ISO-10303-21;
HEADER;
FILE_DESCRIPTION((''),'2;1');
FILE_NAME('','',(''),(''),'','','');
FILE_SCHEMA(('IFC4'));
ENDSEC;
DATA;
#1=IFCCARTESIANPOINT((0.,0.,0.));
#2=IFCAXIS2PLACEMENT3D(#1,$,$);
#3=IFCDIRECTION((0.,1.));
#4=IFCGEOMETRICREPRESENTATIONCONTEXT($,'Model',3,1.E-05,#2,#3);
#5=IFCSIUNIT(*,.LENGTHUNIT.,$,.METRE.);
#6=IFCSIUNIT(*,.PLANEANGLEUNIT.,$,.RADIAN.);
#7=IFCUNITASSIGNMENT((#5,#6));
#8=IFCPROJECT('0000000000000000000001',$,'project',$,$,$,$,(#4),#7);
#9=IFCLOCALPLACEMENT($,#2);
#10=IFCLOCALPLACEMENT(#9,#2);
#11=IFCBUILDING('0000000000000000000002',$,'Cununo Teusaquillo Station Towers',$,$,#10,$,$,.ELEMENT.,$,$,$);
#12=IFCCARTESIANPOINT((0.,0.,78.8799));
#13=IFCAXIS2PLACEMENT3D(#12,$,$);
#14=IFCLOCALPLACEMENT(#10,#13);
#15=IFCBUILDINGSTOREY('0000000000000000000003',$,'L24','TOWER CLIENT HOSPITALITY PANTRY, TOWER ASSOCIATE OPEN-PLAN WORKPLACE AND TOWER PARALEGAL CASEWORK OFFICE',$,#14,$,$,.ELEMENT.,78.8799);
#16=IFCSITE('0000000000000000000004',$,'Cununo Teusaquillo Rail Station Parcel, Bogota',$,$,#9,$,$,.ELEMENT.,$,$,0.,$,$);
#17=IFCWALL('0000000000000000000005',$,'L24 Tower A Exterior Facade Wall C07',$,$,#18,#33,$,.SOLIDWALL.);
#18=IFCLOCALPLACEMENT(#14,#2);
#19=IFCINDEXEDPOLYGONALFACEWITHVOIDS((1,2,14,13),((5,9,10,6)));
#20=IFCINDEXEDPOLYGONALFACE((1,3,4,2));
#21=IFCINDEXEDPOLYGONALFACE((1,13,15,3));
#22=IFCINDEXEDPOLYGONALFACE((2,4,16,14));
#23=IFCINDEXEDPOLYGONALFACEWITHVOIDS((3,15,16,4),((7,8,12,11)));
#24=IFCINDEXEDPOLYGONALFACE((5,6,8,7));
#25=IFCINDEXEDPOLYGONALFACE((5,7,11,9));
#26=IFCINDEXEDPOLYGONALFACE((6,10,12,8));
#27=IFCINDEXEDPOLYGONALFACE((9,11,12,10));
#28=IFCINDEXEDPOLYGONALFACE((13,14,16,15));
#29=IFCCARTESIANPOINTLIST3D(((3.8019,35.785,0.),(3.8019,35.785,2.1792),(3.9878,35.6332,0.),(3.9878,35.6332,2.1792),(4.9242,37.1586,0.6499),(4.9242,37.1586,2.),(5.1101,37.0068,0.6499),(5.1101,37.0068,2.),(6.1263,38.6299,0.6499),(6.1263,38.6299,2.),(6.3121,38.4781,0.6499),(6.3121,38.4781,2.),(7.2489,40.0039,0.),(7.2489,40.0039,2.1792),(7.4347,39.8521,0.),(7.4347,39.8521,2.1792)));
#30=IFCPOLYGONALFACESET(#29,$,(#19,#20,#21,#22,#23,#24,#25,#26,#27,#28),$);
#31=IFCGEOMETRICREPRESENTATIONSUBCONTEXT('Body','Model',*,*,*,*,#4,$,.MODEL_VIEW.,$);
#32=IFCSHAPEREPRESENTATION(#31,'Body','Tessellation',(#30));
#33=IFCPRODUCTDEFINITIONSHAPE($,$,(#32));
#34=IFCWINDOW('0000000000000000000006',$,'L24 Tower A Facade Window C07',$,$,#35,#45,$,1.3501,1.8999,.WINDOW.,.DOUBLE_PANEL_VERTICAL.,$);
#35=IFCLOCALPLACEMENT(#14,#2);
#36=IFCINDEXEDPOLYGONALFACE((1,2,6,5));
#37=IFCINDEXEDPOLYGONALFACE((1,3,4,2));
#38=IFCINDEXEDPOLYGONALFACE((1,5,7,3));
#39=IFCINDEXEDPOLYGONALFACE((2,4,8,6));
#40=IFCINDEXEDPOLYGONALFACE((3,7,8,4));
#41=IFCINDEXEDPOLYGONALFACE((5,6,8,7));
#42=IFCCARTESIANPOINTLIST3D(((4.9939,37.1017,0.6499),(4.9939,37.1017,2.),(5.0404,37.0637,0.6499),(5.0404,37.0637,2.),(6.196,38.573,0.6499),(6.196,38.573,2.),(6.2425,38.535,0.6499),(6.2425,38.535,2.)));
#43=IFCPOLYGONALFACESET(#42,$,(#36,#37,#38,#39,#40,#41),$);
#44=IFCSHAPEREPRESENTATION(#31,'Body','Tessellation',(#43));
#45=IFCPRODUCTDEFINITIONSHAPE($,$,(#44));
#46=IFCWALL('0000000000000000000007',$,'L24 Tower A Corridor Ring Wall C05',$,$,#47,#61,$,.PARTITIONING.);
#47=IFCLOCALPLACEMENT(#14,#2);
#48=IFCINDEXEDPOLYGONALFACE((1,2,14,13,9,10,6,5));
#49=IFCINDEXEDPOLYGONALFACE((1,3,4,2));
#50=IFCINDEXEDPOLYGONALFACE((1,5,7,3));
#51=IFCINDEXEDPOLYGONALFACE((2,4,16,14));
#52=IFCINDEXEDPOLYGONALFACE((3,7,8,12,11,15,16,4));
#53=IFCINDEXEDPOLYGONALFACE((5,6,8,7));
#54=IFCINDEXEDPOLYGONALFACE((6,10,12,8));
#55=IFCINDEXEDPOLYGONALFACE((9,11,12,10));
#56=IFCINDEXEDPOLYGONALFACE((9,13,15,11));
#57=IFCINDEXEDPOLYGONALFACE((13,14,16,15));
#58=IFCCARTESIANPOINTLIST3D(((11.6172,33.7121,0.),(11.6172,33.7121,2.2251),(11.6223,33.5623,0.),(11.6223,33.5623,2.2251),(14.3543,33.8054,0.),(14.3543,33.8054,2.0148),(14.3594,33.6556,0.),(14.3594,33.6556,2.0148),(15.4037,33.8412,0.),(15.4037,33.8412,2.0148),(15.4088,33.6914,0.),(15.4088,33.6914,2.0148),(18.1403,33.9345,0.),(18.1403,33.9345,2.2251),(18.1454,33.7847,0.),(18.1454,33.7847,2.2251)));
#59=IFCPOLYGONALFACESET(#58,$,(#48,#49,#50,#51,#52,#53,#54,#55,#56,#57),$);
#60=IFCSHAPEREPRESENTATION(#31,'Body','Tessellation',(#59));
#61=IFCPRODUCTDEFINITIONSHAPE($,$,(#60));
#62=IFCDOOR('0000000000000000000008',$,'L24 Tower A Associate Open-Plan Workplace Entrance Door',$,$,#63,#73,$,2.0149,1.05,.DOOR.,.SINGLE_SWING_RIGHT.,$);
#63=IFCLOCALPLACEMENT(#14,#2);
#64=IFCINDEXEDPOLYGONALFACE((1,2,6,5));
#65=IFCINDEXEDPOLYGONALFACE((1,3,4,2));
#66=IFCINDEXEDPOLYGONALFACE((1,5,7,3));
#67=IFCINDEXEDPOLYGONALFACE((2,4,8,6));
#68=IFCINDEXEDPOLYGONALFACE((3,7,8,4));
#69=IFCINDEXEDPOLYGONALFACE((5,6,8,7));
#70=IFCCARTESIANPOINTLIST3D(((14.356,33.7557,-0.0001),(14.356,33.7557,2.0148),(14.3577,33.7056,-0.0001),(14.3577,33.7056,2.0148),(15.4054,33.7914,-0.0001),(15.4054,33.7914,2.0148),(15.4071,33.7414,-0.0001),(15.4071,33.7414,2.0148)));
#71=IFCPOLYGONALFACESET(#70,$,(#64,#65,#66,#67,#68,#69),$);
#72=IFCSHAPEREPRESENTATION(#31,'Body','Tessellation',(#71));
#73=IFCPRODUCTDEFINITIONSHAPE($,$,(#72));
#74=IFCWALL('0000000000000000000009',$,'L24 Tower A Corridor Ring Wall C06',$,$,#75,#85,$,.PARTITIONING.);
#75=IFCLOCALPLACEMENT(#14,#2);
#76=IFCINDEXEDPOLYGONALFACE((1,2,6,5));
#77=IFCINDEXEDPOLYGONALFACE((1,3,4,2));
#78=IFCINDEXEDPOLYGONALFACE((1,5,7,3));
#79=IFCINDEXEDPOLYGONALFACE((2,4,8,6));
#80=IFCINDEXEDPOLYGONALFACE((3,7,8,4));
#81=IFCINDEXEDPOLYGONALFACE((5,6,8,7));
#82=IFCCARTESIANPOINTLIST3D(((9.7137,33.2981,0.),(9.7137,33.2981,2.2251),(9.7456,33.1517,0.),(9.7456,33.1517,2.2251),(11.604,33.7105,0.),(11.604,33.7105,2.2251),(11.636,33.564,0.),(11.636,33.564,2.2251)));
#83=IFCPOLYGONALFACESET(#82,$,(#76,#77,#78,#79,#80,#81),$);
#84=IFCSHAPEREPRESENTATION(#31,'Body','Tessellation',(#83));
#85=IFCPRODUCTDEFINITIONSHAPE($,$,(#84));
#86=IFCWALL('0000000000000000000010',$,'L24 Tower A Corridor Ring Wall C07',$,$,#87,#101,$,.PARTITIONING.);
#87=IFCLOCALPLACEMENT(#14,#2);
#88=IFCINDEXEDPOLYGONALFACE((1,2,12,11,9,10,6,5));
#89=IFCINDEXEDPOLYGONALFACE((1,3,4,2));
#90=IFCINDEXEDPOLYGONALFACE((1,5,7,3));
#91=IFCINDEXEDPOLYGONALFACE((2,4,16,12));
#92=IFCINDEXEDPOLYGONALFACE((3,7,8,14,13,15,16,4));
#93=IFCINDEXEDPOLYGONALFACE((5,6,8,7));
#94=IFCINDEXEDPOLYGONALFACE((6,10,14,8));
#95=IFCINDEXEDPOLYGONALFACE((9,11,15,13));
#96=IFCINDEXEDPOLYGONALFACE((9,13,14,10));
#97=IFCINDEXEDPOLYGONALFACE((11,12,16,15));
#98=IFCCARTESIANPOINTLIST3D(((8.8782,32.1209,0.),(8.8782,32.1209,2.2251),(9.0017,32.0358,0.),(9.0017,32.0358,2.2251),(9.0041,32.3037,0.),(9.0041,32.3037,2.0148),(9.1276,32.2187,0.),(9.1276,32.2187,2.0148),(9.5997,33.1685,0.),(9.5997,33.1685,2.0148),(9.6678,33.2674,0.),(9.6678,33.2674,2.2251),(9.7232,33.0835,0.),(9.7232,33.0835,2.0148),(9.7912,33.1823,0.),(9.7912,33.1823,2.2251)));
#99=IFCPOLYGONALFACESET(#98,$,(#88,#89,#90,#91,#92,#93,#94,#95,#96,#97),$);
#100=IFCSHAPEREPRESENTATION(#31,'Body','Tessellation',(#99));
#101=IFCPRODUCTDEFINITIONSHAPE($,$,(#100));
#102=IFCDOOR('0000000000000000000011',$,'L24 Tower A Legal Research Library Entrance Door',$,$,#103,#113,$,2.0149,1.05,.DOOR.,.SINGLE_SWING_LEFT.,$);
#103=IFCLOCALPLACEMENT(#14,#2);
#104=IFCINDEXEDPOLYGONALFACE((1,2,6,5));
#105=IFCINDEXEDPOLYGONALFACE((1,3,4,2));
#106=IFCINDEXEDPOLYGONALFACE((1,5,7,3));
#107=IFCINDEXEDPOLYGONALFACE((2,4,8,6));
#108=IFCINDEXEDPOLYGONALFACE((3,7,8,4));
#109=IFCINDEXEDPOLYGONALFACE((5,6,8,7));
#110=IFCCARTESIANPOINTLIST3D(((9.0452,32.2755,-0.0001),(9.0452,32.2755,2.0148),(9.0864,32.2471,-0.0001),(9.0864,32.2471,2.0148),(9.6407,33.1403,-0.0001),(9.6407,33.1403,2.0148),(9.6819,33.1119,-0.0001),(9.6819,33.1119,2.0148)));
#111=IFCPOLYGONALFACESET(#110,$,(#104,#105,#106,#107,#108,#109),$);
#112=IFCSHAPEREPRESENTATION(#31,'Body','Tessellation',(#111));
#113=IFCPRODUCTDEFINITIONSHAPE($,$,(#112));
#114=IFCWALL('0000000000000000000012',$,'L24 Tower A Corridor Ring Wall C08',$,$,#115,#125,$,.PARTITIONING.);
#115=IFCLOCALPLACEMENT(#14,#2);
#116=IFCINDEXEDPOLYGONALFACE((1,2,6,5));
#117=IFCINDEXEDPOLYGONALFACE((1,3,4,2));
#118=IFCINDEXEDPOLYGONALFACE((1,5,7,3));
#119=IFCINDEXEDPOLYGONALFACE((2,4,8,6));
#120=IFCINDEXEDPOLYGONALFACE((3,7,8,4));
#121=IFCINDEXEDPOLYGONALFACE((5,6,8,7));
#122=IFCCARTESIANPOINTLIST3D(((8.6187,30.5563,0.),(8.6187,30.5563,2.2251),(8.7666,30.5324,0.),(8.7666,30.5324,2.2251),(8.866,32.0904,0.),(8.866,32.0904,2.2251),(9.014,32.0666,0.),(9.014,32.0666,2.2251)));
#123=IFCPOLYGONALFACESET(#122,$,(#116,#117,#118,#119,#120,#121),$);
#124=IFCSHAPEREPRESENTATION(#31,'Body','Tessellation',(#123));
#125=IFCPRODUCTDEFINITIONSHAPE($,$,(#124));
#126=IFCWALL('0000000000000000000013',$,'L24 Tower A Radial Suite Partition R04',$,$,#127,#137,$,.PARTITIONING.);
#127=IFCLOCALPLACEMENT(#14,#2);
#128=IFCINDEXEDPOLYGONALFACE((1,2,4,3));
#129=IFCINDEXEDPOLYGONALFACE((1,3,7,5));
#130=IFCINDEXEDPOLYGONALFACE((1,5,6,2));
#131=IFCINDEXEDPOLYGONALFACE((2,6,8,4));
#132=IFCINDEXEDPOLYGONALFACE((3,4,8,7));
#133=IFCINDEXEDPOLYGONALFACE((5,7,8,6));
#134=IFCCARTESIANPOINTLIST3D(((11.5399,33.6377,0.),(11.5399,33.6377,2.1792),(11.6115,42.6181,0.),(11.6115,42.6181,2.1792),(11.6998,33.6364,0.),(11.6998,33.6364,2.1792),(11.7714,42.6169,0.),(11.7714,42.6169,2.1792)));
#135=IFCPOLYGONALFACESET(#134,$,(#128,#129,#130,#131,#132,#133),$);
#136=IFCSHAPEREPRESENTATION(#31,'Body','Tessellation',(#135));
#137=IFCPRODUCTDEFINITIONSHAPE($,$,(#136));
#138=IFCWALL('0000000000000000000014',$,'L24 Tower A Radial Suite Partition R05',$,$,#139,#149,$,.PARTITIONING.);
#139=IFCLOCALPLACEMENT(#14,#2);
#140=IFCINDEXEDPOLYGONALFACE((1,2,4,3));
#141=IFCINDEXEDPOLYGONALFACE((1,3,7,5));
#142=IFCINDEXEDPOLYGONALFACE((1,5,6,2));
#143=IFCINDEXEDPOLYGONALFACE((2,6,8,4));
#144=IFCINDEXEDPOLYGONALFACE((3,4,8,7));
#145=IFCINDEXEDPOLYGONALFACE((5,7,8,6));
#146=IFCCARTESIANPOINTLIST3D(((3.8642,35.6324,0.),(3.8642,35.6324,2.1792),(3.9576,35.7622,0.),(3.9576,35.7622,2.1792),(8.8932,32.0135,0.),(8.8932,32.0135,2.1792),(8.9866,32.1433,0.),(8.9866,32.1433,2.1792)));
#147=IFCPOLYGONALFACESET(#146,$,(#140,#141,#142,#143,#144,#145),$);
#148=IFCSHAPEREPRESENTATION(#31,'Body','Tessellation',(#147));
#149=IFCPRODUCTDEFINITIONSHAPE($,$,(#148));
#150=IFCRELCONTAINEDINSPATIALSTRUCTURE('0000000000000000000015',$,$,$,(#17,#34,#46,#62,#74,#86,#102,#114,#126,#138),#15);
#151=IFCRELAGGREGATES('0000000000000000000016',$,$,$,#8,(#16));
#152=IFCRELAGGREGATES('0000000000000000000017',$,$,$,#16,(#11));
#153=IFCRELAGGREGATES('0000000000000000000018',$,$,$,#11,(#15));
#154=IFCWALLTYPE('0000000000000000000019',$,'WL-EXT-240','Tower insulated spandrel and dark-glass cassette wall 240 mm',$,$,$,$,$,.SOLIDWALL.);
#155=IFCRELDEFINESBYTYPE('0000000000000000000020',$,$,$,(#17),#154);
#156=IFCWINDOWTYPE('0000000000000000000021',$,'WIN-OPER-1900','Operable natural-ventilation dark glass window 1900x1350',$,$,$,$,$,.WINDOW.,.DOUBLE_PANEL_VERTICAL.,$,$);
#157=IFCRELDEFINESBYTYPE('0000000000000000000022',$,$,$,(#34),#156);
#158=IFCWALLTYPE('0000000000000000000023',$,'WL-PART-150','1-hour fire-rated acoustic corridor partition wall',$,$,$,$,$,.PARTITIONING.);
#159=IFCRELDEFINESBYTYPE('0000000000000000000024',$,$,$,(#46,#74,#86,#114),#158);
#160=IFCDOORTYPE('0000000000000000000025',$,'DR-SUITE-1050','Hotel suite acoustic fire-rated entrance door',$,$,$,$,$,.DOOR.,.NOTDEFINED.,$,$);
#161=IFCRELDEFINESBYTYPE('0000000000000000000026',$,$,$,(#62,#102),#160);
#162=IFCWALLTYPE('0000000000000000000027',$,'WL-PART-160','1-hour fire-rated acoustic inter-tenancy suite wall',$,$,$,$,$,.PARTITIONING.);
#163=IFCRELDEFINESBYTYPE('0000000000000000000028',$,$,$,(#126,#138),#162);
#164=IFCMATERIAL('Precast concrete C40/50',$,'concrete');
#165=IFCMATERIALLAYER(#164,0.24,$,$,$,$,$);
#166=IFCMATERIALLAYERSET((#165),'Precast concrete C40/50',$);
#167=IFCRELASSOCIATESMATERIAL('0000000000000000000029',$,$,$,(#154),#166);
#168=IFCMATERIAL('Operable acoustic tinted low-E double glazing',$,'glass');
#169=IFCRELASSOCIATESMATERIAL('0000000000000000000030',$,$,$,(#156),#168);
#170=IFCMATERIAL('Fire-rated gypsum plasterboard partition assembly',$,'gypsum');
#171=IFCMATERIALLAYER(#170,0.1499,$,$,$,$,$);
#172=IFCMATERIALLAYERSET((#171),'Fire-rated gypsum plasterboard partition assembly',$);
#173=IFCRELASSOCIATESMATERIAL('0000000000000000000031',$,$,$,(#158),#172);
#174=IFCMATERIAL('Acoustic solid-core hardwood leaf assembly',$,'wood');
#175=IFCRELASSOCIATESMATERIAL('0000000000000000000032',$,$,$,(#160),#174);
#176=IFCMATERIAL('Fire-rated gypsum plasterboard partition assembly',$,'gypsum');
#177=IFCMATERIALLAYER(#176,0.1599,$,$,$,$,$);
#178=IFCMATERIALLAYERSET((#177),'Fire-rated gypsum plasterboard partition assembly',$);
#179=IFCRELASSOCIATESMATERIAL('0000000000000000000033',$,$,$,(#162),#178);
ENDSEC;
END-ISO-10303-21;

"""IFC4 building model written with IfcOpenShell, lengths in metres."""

from ifc_helpers import new_model, si_unit, direction, frame, frame_2d, origin, place, context, subcontext, project, spatial, rectangle, extrude, source, transform, mapped, material, layer, layer_set, type_object, element, fill, save


model = new_model("IFC4")

# Units and contexts
model_context = context("Model", 3, precision=1e-05, world=origin(), true_north=direction((0.0, 1.0)))
body_context = subcontext(model_context, "Body", "Model", "MODEL_VIEW")
ifc_project = project(units=[si_unit("LENGTHUNIT", "METRE"), si_unit("PLANEANGLEUNIT", "RADIAN")], contexts=[model_context])

# Site, building, storey
site_placement = place(None, origin())
site = spatial("IfcSite", under=ifc_project, at=site_placement, Name="Cununo Teusaquillo Rail Station Parcel, Bogota", CompositionType="ELEMENT", RefElevation=0.0)
building_placement = place(site_placement, origin())
building = spatial("IfcBuilding", under=site, at=building_placement, Name="Cununo Teusaquillo Station Towers", CompositionType="ELEMENT")
storey_placement = place(building_placement, frame((0.0, 0.0, 78.8799)))
storey = spatial("IfcBuildingStorey", under=building, at=storey_placement, Name="L24", Description="TOWER CLIENT HOSPITALITY PANTRY, TOWER ASSOCIATE OPEN-PLAN WORKPLACE AND TOWER PARALEGAL CASEWORK OFFICE", CompositionType="ELEMENT", Elevation=78.8799)

# Shared definitions
ifc_material_1 = material(Name="Precast concrete C40/50", Category="concrete")
ifc_layer_1 = layer(ifc_material_1, 0.24)
ifc_layer_set_1 = layer_set([ifc_layer_1], Name="Precast concrete C40/50")
wall_type_1 = type_object("IfcWallType", Name="WL-EXT-240", Description="Tower insulated spandrel and dark-glass cassette wall 240 mm", PredefinedType="SOLIDWALL", material=ifc_layer_set_1)

# Shared definitions
shared_shape_1 = source(origin(), body_context, "Body", "SweptSolid", [
    extrude(rectangle(XDim=1.8999, YDim=1.3501, at=frame_2d((0.95, 0.675))), frame((0.0, 0.1299, 0.0), z_axis=(0.0, -1.0, 0.0), x_axis=(1.0, 0.0, 0.0)), (0.0, 0.0, 1.0), 0.26),
])
ifc_material_2 = material(Name="Operable acoustic tinted low-E double glazing", Category="glass")
window_type = type_object("IfcWindowType", Name="WIN-OPER-1900", Description="Operable natural-ventilation dark glass window 1900x1350", PartitioningType="DOUBLE_PANEL_VERTICAL", PredefinedType="WINDOW", material=ifc_material_2)
shared_shape_2 = source(origin(), body_context, "Body", "SweptSolid", [
    extrude(rectangle(XDim=1.8999, YDim=1.3501, at=frame_2d((0.95, 0.675))), frame((0.0, 0.03, 0.0), z_axis=(0.0, -1.0, 0.0), x_axis=(1.0, 0.0, 0.0)), (0.0, 0.0, 1.0), 0.0601),
])

# Wall, opening, window
wall_1_placement = place(storey_placement, frame((3.8948, 35.709, 0.0), z_axis=(0.0, 0.0, 1.0), x_axis=(0.632701, 0.774396, 0.0)))
wall_1 = element("IfcWall", 1, at=wall_1_placement, inside=storey, type_object=wall_type_1, Name="L24 Tower A Exterior Facade Wall C07", PredefinedType="SOLIDWALL", context=body_context, shape_type="SweptSolid", body=[
    extrude(rectangle(XDim=5.448, YDim=0.24, at=frame_2d((2.7241, 0.0))), origin(), (0.0, 0.0, 1.0), 2.1792),
])
opening_1_placement = place(wall_1_placement, frame((1.7739, 0.0, 0.6499)))
opening_1 = element("IfcOpeningElement", 2, at=opening_1_placement, cuts=wall_1, PredefinedType="OPENING", context=body_context, shape_type="MappedRepresentation", body=[
    mapped(shared_shape_1, transform((0.0, 0.0, 0.0), x_axis=(1.0, 0.0, 0.0), y_axis=(0.0, 1.0, 0.0), z_axis=(0.0, 0.0, 1.0), scale=1.0)),
])
window_1_placement = place(opening_1_placement, origin())
window_1 = element("IfcWindow", 3, at=window_1_placement, inside=storey, type_object=window_type, Name="L24 Tower A Facade Window C07", OverallHeight=1.3501, OverallWidth=1.8999, PartitioningType="DOUBLE_PANEL_VERTICAL", PredefinedType="WINDOW", context=body_context, shape_type="MappedRepresentation", body=[
    mapped(shared_shape_2, transform((0.0, 0.0, 0.0), x_axis=(1.0, 0.0, 0.0), y_axis=(0.0, 1.0, 0.0), z_axis=(0.0, 0.0, 1.0), scale=1.0)),
])
fill(opening_1, window_1)

# Wall, opening, door
ifc_material_3 = material(Name="Fire-rated gypsum plasterboard partition assembly", Category="gypsum")
ifc_layer_2 = layer(ifc_material_3, 0.1499)
ifc_layer_set_2 = layer_set([ifc_layer_2], Name="Fire-rated gypsum plasterboard partition assembly")
wall_type_2 = type_object("IfcWallType", Name="WL-PART-150", Description="1-hour fire-rated acoustic corridor partition wall", PredefinedType="PARTITIONING", material=ifc_layer_set_2)
wall_2_placement = place(storey_placement, frame((18.1428, 33.8596, 0.0), z_axis=(0.0, 0.0, 1.0), x_axis=(-0.999419, -0.034077, 0.0)))
wall_2 = element("IfcWall", 4, at=wall_2_placement, inside=storey, type_object=wall_type_2, Name="L24 Tower A Corridor Ring Wall C05", PredefinedType="PARTITIONING", context=body_context, shape_type="SweptSolid", body=[
    extrude(rectangle(XDim=6.5269, YDim=0.1499, at=frame_2d((3.2634, 0.0))), origin(), (0.0, 0.0, 1.0), 2.2251),
])
shared_shape_3 = source(origin(), body_context, "Body", "SweptSolid", [
    extrude(rectangle(XDim=1.05, YDim=2.0149, at=frame_2d((0.5249, 1.0073))), frame((0.0, 0.085, 0.0), z_axis=(0.0, -1.0, 0.0), x_axis=(1.0, 0.0, 0.0)), (0.0, 0.0, 1.0), 0.1699),
])
opening_2_placement = place(wall_2_placement, frame((2.7383, 0.0, 0.0)))
opening_2 = element("IfcOpeningElement", 5, at=opening_2_placement, cuts=wall_2, PredefinedType="OPENING", context=body_context, shape_type="MappedRepresentation", body=[
    mapped(shared_shape_3, transform((0.0, 0.0, 0.0), x_axis=(1.0, 0.0, 0.0), y_axis=(0.0, 1.0, 0.0), z_axis=(0.0, 0.0, 1.0), scale=1.0)),
])
ifc_material_4 = material(Name="Acoustic solid-core hardwood leaf assembly", Category="wood")
door_type_1 = type_object("IfcDoorType", Name="DR-SUITE-1050", Description="Hotel suite acoustic fire-rated entrance door", OperationType="NOTDEFINED", PredefinedType="DOOR", material=ifc_material_4)
shared_shape_4 = source(origin(), body_context, "Body", "SweptSolid", [
    extrude(rectangle(XDim=1.05, YDim=2.0149, at=frame_2d((0.5249, 1.0073))), frame((0.0, 0.0249, 0.0), z_axis=(0.0, -1.0, 0.0), x_axis=(1.0, 0.0, 0.0)), (0.0, 0.0, 1.0), 0.05),
])
door_1_placement = place(opening_2_placement, origin())
door_1 = element("IfcDoor", 6, at=door_1_placement, inside=storey, type_object=door_type_1, Name="L24 Tower A Associate Open-Plan Workplace Entrance Door", OperationType="SINGLE_SWING_RIGHT", OverallHeight=2.0149, OverallWidth=1.05, PredefinedType="DOOR", context=body_context, shape_type="MappedRepresentation", body=[
    mapped(shared_shape_4, transform((0.0, 0.0, 0.0), x_axis=(1.0, 0.0, 0.0), y_axis=(0.0, 1.0, 0.0), z_axis=(0.0, 0.0, 1.0), scale=1.0)),
])
fill(opening_2, door_1)

# Wall
wall_3_placement = place(storey_placement, frame((11.6199, 33.6372, 0.0), z_axis=(0.0, 0.0, 1.0), x_axis=(-0.977026, -0.213121, 0.0)))
element("IfcWall", 7, at=wall_3_placement, inside=storey, type_object=wall_type_2, Name="L24 Tower A Corridor Ring Wall C06", PredefinedType="PARTITIONING", context=body_context, shape_type="SweptSolid", body=[
    extrude(rectangle(XDim=1.9348, YDim=0.1499, at=frame_2d((0.9673, 0.0))), origin(), (0.0, 0.0, 1.0), 2.2251),
])

# Wall, opening, door
wall_4_placement = place(storey_placement, frame((9.7295, 33.2249, 0.0), z_axis=(0.0, 0.0, 1.0), x_axis=(-0.567184, -0.823591, 0.0)))
wall_4 = element("IfcWall", 8, at=wall_4_placement, inside=storey, type_object=wall_type_2, Name="L24 Tower A Corridor Ring Wall C07", PredefinedType="PARTITIONING", context=body_context, shape_type="SweptSolid", body=[
    extrude(rectangle(XDim=1.3921, YDim=0.1499, at=frame_2d((0.696, 0.0))), origin(), (0.0, 0.0, 1.0), 2.2251),
])
opening_3_placement = place(wall_4_placement, frame((0.1201, 0.0, 0.0)))
opening_3 = element("IfcOpeningElement", 9, at=opening_3_placement, cuts=wall_4, PredefinedType="OPENING", context=body_context, shape_type="MappedRepresentation", body=[
    mapped(shared_shape_3, transform((0.0, 0.0, 0.0), x_axis=(1.0, 0.0, 0.0), y_axis=(0.0, 1.0, 0.0), z_axis=(0.0, 0.0, 1.0), scale=1.0)),
])
door_2_placement = place(opening_3_placement, origin())
door_2 = element("IfcDoor", 10, at=door_2_placement, inside=storey, type_object=door_type_1, Name="L24 Tower A Legal Research Library Entrance Door", OperationType="SINGLE_SWING_LEFT", OverallHeight=2.0149, OverallWidth=1.05, PredefinedType="DOOR", context=body_context, shape_type="MappedRepresentation", body=[
    mapped(shared_shape_4, transform((0.0, 0.0, 0.0), x_axis=(1.0, 0.0, 0.0), y_axis=(0.0, 1.0, 0.0), z_axis=(0.0, 0.0, 1.0), scale=1.0)),
])
fill(opening_3, door_2)

# Walls
wall_5_placement = place(storey_placement, frame((8.9399, 32.0784, 0.0), z_axis=(0.0, 0.0, 1.0), x_axis=(-0.159148, -0.987255, 0.0)))
element("IfcWall", 11, at=wall_5_placement, inside=storey, type_object=wall_type_2, Name="L24 Tower A Corridor Ring Wall C08", PredefinedType="PARTITIONING", context=body_context, shape_type="SweptSolid", body=[
    extrude(rectangle(XDim=1.554, YDim=0.1499, at=frame_2d((0.7769, 0.0))), origin(), (0.0, 0.0, 1.0), 2.2251),
])
ifc_material_5 = material(Name="Fire-rated gypsum plasterboard partition assembly", Category="gypsum")
ifc_layer_3 = layer(ifc_material_5, 0.1599)
ifc_layer_set_3 = layer_set([ifc_layer_3], Name="Fire-rated gypsum plasterboard partition assembly")
wall_type_3 = type_object("IfcWallType", Name="WL-PART-160", Description="1-hour fire-rated acoustic inter-tenancy suite wall", PredefinedType="PARTITIONING", material=ifc_layer_set_3)
wall_6_placement = place(storey_placement, frame((11.6199, 33.6372, 0.0), z_axis=(0.0, 0.0, 1.0), x_axis=(0.007965, 0.999968, 0.0)))
element("IfcWall", 12, at=wall_6_placement, inside=storey, type_object=wall_type_3, Name="L24 Tower A Radial Suite Partition R04", PredefinedType="PARTITIONING", context=body_context, shape_type="SweptSolid", body=[
    extrude(rectangle(XDim=8.9807, YDim=0.1599, at=frame_2d((4.4902, 0.0))), origin(), (0.0, 0.0, 1.0), 2.1792),
])
wall_7_placement = place(storey_placement, frame((8.9399, 32.0784, 0.0), z_axis=(0.0, 0.0, 1.0), x_axis=(-0.811689, 0.58409, 0.0)))
element("IfcWall", 13, at=wall_7_placement, inside=storey, type_object=wall_type_3, Name="L24 Tower A Radial Suite Partition R05", PredefinedType="PARTITIONING", context=body_context, shape_type="SweptSolid", body=[
    extrude(rectangle(XDim=6.1958, YDim=0.1599, at=frame_2d((3.0979, 0.0))), origin(), (0.0, 0.0, 1.0), 2.1792),
])

save(model, "model.ifc")
